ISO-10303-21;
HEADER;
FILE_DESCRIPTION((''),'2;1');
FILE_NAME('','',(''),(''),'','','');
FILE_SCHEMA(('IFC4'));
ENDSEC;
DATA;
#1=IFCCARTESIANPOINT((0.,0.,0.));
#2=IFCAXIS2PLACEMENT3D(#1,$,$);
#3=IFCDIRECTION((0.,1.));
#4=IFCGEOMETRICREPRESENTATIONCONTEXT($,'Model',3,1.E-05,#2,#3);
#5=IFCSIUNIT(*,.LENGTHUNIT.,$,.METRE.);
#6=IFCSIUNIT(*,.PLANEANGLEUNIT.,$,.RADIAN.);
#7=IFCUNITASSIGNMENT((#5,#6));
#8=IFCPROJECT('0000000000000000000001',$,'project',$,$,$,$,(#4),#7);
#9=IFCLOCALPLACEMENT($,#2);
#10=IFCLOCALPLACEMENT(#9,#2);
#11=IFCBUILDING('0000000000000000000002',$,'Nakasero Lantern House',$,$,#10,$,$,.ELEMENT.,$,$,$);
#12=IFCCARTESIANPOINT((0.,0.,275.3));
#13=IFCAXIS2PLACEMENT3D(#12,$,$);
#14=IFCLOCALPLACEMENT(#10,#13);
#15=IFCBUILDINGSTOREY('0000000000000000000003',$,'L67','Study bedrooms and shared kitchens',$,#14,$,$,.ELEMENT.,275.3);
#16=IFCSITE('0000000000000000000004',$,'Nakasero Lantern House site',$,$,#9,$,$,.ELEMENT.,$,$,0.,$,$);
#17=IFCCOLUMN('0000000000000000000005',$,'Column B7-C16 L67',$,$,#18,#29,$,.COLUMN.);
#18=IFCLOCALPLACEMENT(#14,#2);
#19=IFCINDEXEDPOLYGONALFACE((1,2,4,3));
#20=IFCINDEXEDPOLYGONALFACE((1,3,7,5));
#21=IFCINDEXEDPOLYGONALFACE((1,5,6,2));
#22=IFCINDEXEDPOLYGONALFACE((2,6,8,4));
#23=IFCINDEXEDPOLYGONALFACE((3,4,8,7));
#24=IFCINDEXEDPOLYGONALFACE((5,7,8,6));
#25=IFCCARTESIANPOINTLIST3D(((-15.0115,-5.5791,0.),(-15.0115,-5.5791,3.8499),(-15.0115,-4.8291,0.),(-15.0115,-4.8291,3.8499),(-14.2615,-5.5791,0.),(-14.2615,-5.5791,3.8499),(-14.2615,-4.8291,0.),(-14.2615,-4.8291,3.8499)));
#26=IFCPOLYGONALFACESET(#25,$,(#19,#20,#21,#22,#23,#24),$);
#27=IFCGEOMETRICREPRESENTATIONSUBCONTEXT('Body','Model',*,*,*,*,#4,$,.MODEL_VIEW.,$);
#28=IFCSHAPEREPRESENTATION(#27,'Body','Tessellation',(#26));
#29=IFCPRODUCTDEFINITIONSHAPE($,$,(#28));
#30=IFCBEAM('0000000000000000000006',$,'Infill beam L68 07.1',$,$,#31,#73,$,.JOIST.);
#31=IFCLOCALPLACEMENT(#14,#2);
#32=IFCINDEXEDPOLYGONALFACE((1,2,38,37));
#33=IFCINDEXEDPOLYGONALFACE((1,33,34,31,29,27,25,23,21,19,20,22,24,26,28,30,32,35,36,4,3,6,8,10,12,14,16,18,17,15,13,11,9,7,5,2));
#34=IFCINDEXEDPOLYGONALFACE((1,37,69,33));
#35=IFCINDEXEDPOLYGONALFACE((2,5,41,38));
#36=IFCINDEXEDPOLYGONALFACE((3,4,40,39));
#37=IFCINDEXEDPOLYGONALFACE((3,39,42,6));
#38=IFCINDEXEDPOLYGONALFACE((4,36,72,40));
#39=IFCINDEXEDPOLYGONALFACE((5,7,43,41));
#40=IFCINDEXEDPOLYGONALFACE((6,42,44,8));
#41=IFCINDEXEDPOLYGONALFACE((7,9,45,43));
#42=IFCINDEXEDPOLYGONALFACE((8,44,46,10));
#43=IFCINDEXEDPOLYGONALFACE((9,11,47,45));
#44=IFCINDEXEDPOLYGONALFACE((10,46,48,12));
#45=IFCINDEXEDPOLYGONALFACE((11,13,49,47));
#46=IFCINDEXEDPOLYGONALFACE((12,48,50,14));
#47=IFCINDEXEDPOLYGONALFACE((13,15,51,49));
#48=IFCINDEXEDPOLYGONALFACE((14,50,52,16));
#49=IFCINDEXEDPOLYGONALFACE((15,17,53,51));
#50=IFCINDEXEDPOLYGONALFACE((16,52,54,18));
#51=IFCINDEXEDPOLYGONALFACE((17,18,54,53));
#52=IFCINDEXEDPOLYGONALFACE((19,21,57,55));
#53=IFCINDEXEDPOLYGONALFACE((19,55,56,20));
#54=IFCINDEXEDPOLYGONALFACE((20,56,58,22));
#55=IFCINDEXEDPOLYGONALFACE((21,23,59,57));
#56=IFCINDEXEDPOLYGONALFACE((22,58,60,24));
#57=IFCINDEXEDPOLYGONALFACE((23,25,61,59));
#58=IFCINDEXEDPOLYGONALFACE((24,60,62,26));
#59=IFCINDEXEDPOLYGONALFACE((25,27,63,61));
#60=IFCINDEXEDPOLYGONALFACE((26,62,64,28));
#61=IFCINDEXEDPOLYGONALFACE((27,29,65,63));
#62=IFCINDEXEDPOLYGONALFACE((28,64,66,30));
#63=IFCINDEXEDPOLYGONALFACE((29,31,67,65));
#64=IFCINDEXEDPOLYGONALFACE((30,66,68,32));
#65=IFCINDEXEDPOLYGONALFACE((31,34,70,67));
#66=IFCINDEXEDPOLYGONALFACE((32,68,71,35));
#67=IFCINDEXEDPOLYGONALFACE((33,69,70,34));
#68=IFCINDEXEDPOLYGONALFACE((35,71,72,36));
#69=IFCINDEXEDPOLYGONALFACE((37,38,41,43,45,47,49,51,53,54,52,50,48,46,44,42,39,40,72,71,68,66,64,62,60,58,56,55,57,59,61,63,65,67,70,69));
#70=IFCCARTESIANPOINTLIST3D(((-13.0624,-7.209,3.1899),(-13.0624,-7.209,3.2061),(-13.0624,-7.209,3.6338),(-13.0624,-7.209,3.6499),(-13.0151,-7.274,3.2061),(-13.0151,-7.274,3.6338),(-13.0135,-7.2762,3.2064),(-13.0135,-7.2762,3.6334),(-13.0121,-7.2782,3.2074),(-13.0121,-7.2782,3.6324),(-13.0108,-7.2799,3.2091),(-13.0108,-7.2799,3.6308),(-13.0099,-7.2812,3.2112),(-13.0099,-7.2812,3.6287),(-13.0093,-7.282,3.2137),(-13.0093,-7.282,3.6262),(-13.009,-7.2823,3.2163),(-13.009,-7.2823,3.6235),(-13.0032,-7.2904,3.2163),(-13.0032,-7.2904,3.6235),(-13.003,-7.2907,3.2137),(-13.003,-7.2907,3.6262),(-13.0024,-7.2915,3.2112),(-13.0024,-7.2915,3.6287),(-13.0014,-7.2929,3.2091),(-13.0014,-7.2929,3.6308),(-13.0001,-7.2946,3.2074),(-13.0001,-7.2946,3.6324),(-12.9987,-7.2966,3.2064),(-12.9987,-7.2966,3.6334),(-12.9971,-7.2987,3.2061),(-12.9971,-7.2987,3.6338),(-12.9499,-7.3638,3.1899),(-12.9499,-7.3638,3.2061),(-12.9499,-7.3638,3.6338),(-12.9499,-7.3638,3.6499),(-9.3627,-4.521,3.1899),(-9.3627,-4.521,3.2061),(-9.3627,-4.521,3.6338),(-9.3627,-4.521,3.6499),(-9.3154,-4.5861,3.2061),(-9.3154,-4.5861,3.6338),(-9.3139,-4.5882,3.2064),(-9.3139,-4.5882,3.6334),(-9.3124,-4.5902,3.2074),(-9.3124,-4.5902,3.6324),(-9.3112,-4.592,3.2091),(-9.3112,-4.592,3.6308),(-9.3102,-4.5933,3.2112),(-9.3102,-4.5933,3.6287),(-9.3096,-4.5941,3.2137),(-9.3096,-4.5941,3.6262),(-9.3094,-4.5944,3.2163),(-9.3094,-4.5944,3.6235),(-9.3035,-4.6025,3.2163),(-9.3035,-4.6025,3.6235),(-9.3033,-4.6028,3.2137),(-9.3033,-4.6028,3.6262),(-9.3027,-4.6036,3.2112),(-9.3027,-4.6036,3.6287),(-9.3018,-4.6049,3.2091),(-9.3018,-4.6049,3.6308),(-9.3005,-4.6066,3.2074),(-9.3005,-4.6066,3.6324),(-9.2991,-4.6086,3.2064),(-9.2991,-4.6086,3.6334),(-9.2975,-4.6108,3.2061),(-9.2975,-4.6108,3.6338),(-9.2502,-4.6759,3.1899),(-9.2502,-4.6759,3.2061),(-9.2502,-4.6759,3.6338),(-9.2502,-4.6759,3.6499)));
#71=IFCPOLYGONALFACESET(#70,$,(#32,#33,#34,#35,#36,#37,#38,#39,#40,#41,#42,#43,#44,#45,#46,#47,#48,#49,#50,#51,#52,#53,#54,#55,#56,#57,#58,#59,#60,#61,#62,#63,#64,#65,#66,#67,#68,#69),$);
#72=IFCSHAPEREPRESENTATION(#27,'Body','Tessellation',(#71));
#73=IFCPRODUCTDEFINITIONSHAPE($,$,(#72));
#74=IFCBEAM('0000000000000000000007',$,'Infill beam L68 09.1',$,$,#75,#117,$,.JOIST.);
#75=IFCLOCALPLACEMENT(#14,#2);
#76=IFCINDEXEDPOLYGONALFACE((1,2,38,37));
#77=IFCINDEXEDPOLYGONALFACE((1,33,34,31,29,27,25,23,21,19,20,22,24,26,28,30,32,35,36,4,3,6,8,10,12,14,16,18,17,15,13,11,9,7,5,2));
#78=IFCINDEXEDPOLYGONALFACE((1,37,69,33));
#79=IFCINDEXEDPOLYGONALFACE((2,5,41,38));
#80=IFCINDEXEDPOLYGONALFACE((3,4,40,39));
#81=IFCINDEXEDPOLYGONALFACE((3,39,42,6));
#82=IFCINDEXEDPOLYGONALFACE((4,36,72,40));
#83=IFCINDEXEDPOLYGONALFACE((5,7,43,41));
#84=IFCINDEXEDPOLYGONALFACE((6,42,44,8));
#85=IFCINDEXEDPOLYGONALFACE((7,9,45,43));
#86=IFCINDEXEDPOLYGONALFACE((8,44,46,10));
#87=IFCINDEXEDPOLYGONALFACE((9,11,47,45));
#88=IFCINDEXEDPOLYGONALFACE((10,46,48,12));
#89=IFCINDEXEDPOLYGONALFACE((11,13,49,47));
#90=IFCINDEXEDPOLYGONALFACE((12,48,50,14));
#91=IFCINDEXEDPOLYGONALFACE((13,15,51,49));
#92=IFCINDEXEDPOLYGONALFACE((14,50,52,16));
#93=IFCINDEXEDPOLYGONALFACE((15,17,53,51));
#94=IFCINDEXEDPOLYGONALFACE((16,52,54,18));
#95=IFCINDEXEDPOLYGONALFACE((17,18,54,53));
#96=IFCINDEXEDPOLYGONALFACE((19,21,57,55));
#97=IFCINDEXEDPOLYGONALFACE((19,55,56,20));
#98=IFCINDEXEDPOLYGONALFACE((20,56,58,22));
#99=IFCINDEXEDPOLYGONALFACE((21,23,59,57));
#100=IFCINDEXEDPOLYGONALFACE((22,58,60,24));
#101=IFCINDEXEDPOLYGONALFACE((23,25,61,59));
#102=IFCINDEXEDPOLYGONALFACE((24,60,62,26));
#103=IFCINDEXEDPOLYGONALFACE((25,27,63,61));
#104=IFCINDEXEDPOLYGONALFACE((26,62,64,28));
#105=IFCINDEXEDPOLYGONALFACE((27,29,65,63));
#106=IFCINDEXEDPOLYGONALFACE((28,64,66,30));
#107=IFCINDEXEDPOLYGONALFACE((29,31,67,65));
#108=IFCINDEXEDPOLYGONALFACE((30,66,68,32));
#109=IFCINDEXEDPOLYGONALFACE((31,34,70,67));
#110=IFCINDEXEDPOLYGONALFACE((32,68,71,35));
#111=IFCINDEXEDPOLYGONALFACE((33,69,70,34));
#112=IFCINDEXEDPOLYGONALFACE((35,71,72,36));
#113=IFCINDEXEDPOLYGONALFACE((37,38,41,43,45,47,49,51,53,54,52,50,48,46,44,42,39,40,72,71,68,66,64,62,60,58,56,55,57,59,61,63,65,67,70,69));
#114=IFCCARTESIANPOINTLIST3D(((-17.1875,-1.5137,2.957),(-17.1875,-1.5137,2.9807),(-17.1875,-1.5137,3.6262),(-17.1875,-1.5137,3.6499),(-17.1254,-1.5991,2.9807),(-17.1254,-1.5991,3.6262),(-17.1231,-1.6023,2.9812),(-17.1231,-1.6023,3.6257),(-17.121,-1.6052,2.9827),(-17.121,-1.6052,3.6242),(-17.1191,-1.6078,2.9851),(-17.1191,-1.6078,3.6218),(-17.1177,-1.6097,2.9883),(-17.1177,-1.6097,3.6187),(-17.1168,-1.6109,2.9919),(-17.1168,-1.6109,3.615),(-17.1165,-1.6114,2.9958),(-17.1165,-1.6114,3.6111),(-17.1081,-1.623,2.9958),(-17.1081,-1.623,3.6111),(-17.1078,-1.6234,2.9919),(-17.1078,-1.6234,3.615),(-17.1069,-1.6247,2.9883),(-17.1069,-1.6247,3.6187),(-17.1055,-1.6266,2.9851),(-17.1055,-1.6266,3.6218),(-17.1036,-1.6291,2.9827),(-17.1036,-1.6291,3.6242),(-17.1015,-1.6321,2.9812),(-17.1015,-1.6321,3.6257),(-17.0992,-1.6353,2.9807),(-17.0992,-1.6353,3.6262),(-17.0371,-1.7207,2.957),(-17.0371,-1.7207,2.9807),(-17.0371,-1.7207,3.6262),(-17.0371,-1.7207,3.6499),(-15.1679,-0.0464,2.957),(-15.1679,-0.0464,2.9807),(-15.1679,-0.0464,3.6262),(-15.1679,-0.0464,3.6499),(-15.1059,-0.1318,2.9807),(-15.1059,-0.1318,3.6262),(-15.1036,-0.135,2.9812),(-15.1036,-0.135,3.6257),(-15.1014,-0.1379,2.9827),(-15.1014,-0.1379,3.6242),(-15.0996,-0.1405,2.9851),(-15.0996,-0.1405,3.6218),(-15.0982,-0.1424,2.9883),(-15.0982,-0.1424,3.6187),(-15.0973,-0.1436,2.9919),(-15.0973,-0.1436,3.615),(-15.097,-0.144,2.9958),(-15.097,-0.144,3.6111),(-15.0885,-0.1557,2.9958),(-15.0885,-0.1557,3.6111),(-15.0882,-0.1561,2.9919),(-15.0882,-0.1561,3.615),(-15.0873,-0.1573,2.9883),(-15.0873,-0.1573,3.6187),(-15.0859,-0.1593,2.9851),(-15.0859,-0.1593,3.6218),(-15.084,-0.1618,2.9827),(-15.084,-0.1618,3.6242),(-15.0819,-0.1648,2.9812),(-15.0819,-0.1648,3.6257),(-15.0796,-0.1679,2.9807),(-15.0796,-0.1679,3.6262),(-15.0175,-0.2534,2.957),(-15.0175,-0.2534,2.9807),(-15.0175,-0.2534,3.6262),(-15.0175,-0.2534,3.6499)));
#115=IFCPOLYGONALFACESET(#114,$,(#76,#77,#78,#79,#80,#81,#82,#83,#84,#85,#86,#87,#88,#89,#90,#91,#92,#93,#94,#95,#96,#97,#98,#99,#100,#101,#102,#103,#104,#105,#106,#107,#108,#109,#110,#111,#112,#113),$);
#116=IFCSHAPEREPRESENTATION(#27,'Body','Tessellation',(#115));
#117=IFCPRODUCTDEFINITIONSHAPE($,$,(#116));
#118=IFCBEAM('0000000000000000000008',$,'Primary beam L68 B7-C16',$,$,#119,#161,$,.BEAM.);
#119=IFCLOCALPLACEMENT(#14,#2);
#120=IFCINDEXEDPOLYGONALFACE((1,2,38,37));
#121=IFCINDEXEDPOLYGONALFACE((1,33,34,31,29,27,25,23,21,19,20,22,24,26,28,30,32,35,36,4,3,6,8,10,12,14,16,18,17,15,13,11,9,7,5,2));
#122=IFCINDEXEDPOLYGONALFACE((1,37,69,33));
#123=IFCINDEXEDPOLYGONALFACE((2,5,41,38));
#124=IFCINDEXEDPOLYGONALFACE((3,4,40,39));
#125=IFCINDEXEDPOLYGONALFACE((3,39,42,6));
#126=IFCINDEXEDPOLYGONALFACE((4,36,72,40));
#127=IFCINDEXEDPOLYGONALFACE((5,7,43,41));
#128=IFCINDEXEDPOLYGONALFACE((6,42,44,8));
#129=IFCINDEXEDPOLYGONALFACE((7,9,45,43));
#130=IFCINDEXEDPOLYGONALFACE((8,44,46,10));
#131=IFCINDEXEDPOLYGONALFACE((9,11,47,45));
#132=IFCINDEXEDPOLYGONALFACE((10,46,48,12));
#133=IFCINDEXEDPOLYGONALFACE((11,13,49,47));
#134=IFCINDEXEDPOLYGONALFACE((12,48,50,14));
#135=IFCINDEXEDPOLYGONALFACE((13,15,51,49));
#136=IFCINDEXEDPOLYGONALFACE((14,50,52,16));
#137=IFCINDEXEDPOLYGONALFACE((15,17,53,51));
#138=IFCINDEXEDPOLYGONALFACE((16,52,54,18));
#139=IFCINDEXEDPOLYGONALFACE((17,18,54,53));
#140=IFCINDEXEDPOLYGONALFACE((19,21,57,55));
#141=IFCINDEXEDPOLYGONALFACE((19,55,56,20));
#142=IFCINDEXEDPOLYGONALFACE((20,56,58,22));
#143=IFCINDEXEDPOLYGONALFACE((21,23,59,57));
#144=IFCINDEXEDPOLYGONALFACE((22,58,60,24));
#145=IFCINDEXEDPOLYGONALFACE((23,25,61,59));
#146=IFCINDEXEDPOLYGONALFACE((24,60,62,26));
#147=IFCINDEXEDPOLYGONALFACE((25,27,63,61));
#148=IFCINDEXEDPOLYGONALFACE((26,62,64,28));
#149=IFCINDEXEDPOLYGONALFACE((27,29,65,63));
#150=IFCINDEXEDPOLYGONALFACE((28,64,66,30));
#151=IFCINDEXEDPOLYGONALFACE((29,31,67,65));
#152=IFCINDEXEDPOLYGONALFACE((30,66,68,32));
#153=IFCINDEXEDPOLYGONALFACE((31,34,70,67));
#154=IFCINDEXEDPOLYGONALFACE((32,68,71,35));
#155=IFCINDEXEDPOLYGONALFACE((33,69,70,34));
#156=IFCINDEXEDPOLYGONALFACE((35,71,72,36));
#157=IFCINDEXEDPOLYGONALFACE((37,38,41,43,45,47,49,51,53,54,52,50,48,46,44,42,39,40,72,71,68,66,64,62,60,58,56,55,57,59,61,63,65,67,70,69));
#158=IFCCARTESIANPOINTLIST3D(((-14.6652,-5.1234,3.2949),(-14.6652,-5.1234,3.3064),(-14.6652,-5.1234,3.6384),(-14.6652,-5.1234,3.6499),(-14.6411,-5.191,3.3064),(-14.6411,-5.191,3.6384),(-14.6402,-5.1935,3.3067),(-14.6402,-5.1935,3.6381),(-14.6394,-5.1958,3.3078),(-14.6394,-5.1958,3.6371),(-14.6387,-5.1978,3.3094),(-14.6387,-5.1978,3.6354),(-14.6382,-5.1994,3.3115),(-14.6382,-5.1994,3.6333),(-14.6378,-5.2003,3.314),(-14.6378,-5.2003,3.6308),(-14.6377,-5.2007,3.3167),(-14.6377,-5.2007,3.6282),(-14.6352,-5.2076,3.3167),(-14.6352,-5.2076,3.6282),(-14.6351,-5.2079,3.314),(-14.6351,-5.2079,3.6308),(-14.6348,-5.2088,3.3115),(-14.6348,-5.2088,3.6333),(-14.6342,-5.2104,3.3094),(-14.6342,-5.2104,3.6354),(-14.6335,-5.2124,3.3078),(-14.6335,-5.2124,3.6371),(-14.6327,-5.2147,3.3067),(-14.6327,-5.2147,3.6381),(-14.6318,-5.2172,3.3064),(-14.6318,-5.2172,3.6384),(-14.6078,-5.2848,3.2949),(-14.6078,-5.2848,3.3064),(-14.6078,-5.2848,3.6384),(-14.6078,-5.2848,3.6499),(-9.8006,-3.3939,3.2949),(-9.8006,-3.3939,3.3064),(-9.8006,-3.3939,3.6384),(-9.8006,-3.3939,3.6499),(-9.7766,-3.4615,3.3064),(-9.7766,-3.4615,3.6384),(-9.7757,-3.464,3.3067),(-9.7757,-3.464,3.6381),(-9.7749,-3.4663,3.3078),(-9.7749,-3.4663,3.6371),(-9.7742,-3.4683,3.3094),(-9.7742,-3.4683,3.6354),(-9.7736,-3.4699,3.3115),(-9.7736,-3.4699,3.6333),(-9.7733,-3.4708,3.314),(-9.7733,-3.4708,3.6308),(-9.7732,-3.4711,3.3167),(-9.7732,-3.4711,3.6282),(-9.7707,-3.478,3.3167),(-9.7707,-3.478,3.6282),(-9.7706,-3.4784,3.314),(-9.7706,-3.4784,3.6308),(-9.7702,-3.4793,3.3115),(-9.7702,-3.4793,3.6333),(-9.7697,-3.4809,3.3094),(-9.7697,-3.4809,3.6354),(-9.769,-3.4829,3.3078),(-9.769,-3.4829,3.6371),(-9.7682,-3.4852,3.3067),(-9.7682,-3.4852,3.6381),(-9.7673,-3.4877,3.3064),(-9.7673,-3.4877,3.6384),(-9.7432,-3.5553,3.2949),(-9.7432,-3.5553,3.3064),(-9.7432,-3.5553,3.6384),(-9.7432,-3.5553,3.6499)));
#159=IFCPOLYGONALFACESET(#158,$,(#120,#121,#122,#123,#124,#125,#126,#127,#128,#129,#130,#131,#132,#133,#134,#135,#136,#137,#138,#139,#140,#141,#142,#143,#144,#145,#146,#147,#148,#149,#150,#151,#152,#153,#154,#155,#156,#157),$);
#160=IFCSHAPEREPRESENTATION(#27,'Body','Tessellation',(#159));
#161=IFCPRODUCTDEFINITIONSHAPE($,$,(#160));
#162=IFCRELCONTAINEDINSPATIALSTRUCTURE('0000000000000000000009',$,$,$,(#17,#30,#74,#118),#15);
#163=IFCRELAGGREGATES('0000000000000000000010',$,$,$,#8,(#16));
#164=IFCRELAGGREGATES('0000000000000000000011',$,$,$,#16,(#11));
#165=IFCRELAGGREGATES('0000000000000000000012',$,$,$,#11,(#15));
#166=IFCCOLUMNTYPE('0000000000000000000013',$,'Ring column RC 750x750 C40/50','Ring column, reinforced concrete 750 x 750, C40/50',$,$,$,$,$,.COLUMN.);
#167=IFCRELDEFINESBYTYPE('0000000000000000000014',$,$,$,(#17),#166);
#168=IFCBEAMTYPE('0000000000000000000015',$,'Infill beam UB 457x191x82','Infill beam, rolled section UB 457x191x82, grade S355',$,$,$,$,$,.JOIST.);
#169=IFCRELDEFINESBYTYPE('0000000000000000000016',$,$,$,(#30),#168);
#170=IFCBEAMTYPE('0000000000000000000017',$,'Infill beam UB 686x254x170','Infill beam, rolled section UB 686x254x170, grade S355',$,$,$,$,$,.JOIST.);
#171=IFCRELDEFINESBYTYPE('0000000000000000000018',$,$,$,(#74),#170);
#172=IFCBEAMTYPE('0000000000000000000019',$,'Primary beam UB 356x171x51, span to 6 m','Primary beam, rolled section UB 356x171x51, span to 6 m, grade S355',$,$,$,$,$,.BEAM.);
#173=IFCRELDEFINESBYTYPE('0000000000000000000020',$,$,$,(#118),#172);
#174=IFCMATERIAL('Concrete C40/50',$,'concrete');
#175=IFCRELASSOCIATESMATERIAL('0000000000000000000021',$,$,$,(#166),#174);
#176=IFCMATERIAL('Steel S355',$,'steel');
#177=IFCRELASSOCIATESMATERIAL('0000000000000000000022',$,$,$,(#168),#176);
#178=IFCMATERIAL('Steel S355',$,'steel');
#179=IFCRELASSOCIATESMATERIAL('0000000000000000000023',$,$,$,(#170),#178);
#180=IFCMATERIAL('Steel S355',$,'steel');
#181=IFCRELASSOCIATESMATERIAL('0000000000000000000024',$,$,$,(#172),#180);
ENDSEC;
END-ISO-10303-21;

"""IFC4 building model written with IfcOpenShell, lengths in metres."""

from ifc_helpers import new_model, si_unit, direction, frame, origin, origin_2d, place, context, subcontext, project, spatial, rectangle, i_section, extrude, material, material_profile, profile_set, type_object, element, save


model = new_model("IFC4")

# Units and contexts
model_context = context("Model", 3, precision=1e-05, world=origin(), true_north=direction((0.0, 1.0)))
body_context = subcontext(model_context, "Body", "Model", "MODEL_VIEW")
ifc_project = project(units=[si_unit("LENGTHUNIT", "METRE"), si_unit("PLANEANGLEUNIT", "RADIAN")], contexts=[model_context])

# Site, building, storey
site_placement = place(None, origin())
site = spatial("IfcSite", under=ifc_project, at=site_placement, Name="Nakasero Lantern House site", CompositionType="ELEMENT", RefElevation=0.0)
building_placement = place(site_placement, origin())
building = spatial("IfcBuilding", under=site, at=building_placement, Name="Nakasero Lantern House", CompositionType="ELEMENT")
storey_placement = place(building_placement, frame((0.0, 0.0, 275.3)))
storey = spatial("IfcBuildingStorey", under=building, at=storey_placement, Name="L67", Description="Study bedrooms and shared kitchens", CompositionType="ELEMENT", Elevation=275.3)

# Column
ifc_material_1 = material(Name="Concrete C40/50", Category="concrete")
ifc_material_profile_1 = material_profile(ifc_material_1, rectangle(XDim=0.75, YDim=0.75, at=origin_2d()), Name="RC 750x750")
ifc_profile_set_1 = profile_set([ifc_material_profile_1], Name="Concrete C40/50")
column_type = type_object("IfcColumnType", Name="Ring column RC 750x750 C40/50", Description="Ring column, reinforced concrete 750 x 750, C40/50", PredefinedType="COLUMN", material=ifc_profile_set_1)
column_placement = place(storey_placement, frame((-14.6365, -5.2041, 0.0), z_axis=(0.0, 0.0, 1.0), x_axis=(1.0, 0.0, 0.0)))
element("IfcColumn", 1, at=column_placement, inside=storey, type_object=column_type, Name="Column B7-C16 L67", PredefinedType="COLUMN", context=body_context, shape_type="SweptSolid", body=[
    extrude(rectangle(XDim=0.75, YDim=0.75, at=origin_2d()), origin(), (0.0, 0.0, 1.0), 3.8499),
])

# Beams
ifc_material_2 = material(Name="Steel S355", Category="steel")
ifc_material_profile_2 = material_profile(ifc_material_2, i_section(OverallWidth=0.1914, OverallDepth=0.46, WebThickness=0.01, FlangeThickness=0.0161, FilletRadius=0.0103, at=origin_2d()), Name="UB 457x191x82")
ifc_profile_set_2 = profile_set([ifc_material_profile_2], Name="Steel S355")
beam_type_1 = type_object("IfcBeamType", Name="Infill beam UB 457x191x82", Description="Infill beam, rolled section UB 457x191x82, grade S355", PredefinedType="JOIST", material=ifc_profile_set_2)
beam_1_placement = place(storey_placement, frame((-13.0061, -7.2864, 3.4199), z_axis=(0.809018, 0.587784, 0.0), x_axis=(-0.587784, 0.809018, 0.0)))
element("IfcBeam", 2, at=beam_1_placement, inside=storey, type_object=beam_type_1, Name="Infill beam L68 07.1", PredefinedType="JOIST", context=body_context, shape_type="SweptSolid", body=[
    extrude(i_section(OverallWidth=0.1914, OverallDepth=0.46, WebThickness=0.01, FlangeThickness=0.0161, FilletRadius=0.0103, at=origin_2d()), origin(), (0.0, 0.0, 1.0), 4.573),
])
ifc_material_3 = material(Name="Steel S355", Category="steel")
ifc_material_profile_3 = material_profile(ifc_material_3, i_section(OverallWidth=0.2559, OverallDepth=0.6929, WebThickness=0.0144, FlangeThickness=0.0237, FilletRadius=0.0151, at=origin_2d()), Name="UB 686x254x170")
ifc_profile_set_3 = profile_set([ifc_material_profile_3], Name="Steel S355")
beam_type_2 = type_object("IfcBeamType", Name="Infill beam UB 686x254x170", Description="Infill beam, rolled section UB 686x254x170, grade S355", PredefinedType="JOIST", material=ifc_profile_set_3)
beam_2_placement = place(storey_placement, frame((-17.1123, -1.6172, 3.3035), z_axis=(0.809015, 0.587788, 0.0), x_axis=(-0.587788, 0.809015, 0.0)))
element("IfcBeam", 3, at=beam_2_placement, inside=storey, type_object=beam_type_2, Name="Infill beam L68 09.1", PredefinedType="JOIST", context=body_context, shape_type="SweptSolid", body=[
    extrude(i_section(OverallWidth=0.2559, OverallDepth=0.6929, WebThickness=0.0144, FlangeThickness=0.0237, FilletRadius=0.0151, at=origin_2d()), origin(), (0.0, 0.0, 1.0), 2.4963),
])
ifc_material_4 = material(Name="Steel S355", Category="steel")
ifc_material_profile_4 = material_profile(ifc_material_4, i_section(OverallWidth=0.1714, OverallDepth=0.355, WebThickness=0.0073, FlangeThickness=0.0115, FilletRadius=0.0103, at=origin_2d()), Name="UB 356x171x51")
ifc_profile_set_4 = profile_set([ifc_material_profile_4], Name="Steel S355")
beam_type_3 = type_object("IfcBeamType", Name="Primary beam UB 356x171x51, span to 6 m", Description="Primary beam, rolled section UB 356x171x51, span to 6 m, grade S355", PredefinedType="BEAM", material=ifc_profile_set_4)
beam_3_placement = place(storey_placement, frame((-14.6365, -5.2041, 3.4724), z_axis=(0.942221, 0.334991, 0.0), x_axis=(-0.334991, 0.942221, 0.0)))
element("IfcBeam", 4, at=beam_3_placement, inside=storey, type_object=beam_type_3, Name="Primary beam L68 B7-C16", PredefinedType="BEAM", context=body_context, shape_type="SweptSolid", body=[
    extrude(i_section(OverallWidth=0.1714, OverallDepth=0.355, WebThickness=0.0073, FlangeThickness=0.0115, FilletRadius=0.0103, at=origin_2d()), origin(), (0.0, 0.0, 1.0), 5.1628),
])

save(model, "model.ifc")
